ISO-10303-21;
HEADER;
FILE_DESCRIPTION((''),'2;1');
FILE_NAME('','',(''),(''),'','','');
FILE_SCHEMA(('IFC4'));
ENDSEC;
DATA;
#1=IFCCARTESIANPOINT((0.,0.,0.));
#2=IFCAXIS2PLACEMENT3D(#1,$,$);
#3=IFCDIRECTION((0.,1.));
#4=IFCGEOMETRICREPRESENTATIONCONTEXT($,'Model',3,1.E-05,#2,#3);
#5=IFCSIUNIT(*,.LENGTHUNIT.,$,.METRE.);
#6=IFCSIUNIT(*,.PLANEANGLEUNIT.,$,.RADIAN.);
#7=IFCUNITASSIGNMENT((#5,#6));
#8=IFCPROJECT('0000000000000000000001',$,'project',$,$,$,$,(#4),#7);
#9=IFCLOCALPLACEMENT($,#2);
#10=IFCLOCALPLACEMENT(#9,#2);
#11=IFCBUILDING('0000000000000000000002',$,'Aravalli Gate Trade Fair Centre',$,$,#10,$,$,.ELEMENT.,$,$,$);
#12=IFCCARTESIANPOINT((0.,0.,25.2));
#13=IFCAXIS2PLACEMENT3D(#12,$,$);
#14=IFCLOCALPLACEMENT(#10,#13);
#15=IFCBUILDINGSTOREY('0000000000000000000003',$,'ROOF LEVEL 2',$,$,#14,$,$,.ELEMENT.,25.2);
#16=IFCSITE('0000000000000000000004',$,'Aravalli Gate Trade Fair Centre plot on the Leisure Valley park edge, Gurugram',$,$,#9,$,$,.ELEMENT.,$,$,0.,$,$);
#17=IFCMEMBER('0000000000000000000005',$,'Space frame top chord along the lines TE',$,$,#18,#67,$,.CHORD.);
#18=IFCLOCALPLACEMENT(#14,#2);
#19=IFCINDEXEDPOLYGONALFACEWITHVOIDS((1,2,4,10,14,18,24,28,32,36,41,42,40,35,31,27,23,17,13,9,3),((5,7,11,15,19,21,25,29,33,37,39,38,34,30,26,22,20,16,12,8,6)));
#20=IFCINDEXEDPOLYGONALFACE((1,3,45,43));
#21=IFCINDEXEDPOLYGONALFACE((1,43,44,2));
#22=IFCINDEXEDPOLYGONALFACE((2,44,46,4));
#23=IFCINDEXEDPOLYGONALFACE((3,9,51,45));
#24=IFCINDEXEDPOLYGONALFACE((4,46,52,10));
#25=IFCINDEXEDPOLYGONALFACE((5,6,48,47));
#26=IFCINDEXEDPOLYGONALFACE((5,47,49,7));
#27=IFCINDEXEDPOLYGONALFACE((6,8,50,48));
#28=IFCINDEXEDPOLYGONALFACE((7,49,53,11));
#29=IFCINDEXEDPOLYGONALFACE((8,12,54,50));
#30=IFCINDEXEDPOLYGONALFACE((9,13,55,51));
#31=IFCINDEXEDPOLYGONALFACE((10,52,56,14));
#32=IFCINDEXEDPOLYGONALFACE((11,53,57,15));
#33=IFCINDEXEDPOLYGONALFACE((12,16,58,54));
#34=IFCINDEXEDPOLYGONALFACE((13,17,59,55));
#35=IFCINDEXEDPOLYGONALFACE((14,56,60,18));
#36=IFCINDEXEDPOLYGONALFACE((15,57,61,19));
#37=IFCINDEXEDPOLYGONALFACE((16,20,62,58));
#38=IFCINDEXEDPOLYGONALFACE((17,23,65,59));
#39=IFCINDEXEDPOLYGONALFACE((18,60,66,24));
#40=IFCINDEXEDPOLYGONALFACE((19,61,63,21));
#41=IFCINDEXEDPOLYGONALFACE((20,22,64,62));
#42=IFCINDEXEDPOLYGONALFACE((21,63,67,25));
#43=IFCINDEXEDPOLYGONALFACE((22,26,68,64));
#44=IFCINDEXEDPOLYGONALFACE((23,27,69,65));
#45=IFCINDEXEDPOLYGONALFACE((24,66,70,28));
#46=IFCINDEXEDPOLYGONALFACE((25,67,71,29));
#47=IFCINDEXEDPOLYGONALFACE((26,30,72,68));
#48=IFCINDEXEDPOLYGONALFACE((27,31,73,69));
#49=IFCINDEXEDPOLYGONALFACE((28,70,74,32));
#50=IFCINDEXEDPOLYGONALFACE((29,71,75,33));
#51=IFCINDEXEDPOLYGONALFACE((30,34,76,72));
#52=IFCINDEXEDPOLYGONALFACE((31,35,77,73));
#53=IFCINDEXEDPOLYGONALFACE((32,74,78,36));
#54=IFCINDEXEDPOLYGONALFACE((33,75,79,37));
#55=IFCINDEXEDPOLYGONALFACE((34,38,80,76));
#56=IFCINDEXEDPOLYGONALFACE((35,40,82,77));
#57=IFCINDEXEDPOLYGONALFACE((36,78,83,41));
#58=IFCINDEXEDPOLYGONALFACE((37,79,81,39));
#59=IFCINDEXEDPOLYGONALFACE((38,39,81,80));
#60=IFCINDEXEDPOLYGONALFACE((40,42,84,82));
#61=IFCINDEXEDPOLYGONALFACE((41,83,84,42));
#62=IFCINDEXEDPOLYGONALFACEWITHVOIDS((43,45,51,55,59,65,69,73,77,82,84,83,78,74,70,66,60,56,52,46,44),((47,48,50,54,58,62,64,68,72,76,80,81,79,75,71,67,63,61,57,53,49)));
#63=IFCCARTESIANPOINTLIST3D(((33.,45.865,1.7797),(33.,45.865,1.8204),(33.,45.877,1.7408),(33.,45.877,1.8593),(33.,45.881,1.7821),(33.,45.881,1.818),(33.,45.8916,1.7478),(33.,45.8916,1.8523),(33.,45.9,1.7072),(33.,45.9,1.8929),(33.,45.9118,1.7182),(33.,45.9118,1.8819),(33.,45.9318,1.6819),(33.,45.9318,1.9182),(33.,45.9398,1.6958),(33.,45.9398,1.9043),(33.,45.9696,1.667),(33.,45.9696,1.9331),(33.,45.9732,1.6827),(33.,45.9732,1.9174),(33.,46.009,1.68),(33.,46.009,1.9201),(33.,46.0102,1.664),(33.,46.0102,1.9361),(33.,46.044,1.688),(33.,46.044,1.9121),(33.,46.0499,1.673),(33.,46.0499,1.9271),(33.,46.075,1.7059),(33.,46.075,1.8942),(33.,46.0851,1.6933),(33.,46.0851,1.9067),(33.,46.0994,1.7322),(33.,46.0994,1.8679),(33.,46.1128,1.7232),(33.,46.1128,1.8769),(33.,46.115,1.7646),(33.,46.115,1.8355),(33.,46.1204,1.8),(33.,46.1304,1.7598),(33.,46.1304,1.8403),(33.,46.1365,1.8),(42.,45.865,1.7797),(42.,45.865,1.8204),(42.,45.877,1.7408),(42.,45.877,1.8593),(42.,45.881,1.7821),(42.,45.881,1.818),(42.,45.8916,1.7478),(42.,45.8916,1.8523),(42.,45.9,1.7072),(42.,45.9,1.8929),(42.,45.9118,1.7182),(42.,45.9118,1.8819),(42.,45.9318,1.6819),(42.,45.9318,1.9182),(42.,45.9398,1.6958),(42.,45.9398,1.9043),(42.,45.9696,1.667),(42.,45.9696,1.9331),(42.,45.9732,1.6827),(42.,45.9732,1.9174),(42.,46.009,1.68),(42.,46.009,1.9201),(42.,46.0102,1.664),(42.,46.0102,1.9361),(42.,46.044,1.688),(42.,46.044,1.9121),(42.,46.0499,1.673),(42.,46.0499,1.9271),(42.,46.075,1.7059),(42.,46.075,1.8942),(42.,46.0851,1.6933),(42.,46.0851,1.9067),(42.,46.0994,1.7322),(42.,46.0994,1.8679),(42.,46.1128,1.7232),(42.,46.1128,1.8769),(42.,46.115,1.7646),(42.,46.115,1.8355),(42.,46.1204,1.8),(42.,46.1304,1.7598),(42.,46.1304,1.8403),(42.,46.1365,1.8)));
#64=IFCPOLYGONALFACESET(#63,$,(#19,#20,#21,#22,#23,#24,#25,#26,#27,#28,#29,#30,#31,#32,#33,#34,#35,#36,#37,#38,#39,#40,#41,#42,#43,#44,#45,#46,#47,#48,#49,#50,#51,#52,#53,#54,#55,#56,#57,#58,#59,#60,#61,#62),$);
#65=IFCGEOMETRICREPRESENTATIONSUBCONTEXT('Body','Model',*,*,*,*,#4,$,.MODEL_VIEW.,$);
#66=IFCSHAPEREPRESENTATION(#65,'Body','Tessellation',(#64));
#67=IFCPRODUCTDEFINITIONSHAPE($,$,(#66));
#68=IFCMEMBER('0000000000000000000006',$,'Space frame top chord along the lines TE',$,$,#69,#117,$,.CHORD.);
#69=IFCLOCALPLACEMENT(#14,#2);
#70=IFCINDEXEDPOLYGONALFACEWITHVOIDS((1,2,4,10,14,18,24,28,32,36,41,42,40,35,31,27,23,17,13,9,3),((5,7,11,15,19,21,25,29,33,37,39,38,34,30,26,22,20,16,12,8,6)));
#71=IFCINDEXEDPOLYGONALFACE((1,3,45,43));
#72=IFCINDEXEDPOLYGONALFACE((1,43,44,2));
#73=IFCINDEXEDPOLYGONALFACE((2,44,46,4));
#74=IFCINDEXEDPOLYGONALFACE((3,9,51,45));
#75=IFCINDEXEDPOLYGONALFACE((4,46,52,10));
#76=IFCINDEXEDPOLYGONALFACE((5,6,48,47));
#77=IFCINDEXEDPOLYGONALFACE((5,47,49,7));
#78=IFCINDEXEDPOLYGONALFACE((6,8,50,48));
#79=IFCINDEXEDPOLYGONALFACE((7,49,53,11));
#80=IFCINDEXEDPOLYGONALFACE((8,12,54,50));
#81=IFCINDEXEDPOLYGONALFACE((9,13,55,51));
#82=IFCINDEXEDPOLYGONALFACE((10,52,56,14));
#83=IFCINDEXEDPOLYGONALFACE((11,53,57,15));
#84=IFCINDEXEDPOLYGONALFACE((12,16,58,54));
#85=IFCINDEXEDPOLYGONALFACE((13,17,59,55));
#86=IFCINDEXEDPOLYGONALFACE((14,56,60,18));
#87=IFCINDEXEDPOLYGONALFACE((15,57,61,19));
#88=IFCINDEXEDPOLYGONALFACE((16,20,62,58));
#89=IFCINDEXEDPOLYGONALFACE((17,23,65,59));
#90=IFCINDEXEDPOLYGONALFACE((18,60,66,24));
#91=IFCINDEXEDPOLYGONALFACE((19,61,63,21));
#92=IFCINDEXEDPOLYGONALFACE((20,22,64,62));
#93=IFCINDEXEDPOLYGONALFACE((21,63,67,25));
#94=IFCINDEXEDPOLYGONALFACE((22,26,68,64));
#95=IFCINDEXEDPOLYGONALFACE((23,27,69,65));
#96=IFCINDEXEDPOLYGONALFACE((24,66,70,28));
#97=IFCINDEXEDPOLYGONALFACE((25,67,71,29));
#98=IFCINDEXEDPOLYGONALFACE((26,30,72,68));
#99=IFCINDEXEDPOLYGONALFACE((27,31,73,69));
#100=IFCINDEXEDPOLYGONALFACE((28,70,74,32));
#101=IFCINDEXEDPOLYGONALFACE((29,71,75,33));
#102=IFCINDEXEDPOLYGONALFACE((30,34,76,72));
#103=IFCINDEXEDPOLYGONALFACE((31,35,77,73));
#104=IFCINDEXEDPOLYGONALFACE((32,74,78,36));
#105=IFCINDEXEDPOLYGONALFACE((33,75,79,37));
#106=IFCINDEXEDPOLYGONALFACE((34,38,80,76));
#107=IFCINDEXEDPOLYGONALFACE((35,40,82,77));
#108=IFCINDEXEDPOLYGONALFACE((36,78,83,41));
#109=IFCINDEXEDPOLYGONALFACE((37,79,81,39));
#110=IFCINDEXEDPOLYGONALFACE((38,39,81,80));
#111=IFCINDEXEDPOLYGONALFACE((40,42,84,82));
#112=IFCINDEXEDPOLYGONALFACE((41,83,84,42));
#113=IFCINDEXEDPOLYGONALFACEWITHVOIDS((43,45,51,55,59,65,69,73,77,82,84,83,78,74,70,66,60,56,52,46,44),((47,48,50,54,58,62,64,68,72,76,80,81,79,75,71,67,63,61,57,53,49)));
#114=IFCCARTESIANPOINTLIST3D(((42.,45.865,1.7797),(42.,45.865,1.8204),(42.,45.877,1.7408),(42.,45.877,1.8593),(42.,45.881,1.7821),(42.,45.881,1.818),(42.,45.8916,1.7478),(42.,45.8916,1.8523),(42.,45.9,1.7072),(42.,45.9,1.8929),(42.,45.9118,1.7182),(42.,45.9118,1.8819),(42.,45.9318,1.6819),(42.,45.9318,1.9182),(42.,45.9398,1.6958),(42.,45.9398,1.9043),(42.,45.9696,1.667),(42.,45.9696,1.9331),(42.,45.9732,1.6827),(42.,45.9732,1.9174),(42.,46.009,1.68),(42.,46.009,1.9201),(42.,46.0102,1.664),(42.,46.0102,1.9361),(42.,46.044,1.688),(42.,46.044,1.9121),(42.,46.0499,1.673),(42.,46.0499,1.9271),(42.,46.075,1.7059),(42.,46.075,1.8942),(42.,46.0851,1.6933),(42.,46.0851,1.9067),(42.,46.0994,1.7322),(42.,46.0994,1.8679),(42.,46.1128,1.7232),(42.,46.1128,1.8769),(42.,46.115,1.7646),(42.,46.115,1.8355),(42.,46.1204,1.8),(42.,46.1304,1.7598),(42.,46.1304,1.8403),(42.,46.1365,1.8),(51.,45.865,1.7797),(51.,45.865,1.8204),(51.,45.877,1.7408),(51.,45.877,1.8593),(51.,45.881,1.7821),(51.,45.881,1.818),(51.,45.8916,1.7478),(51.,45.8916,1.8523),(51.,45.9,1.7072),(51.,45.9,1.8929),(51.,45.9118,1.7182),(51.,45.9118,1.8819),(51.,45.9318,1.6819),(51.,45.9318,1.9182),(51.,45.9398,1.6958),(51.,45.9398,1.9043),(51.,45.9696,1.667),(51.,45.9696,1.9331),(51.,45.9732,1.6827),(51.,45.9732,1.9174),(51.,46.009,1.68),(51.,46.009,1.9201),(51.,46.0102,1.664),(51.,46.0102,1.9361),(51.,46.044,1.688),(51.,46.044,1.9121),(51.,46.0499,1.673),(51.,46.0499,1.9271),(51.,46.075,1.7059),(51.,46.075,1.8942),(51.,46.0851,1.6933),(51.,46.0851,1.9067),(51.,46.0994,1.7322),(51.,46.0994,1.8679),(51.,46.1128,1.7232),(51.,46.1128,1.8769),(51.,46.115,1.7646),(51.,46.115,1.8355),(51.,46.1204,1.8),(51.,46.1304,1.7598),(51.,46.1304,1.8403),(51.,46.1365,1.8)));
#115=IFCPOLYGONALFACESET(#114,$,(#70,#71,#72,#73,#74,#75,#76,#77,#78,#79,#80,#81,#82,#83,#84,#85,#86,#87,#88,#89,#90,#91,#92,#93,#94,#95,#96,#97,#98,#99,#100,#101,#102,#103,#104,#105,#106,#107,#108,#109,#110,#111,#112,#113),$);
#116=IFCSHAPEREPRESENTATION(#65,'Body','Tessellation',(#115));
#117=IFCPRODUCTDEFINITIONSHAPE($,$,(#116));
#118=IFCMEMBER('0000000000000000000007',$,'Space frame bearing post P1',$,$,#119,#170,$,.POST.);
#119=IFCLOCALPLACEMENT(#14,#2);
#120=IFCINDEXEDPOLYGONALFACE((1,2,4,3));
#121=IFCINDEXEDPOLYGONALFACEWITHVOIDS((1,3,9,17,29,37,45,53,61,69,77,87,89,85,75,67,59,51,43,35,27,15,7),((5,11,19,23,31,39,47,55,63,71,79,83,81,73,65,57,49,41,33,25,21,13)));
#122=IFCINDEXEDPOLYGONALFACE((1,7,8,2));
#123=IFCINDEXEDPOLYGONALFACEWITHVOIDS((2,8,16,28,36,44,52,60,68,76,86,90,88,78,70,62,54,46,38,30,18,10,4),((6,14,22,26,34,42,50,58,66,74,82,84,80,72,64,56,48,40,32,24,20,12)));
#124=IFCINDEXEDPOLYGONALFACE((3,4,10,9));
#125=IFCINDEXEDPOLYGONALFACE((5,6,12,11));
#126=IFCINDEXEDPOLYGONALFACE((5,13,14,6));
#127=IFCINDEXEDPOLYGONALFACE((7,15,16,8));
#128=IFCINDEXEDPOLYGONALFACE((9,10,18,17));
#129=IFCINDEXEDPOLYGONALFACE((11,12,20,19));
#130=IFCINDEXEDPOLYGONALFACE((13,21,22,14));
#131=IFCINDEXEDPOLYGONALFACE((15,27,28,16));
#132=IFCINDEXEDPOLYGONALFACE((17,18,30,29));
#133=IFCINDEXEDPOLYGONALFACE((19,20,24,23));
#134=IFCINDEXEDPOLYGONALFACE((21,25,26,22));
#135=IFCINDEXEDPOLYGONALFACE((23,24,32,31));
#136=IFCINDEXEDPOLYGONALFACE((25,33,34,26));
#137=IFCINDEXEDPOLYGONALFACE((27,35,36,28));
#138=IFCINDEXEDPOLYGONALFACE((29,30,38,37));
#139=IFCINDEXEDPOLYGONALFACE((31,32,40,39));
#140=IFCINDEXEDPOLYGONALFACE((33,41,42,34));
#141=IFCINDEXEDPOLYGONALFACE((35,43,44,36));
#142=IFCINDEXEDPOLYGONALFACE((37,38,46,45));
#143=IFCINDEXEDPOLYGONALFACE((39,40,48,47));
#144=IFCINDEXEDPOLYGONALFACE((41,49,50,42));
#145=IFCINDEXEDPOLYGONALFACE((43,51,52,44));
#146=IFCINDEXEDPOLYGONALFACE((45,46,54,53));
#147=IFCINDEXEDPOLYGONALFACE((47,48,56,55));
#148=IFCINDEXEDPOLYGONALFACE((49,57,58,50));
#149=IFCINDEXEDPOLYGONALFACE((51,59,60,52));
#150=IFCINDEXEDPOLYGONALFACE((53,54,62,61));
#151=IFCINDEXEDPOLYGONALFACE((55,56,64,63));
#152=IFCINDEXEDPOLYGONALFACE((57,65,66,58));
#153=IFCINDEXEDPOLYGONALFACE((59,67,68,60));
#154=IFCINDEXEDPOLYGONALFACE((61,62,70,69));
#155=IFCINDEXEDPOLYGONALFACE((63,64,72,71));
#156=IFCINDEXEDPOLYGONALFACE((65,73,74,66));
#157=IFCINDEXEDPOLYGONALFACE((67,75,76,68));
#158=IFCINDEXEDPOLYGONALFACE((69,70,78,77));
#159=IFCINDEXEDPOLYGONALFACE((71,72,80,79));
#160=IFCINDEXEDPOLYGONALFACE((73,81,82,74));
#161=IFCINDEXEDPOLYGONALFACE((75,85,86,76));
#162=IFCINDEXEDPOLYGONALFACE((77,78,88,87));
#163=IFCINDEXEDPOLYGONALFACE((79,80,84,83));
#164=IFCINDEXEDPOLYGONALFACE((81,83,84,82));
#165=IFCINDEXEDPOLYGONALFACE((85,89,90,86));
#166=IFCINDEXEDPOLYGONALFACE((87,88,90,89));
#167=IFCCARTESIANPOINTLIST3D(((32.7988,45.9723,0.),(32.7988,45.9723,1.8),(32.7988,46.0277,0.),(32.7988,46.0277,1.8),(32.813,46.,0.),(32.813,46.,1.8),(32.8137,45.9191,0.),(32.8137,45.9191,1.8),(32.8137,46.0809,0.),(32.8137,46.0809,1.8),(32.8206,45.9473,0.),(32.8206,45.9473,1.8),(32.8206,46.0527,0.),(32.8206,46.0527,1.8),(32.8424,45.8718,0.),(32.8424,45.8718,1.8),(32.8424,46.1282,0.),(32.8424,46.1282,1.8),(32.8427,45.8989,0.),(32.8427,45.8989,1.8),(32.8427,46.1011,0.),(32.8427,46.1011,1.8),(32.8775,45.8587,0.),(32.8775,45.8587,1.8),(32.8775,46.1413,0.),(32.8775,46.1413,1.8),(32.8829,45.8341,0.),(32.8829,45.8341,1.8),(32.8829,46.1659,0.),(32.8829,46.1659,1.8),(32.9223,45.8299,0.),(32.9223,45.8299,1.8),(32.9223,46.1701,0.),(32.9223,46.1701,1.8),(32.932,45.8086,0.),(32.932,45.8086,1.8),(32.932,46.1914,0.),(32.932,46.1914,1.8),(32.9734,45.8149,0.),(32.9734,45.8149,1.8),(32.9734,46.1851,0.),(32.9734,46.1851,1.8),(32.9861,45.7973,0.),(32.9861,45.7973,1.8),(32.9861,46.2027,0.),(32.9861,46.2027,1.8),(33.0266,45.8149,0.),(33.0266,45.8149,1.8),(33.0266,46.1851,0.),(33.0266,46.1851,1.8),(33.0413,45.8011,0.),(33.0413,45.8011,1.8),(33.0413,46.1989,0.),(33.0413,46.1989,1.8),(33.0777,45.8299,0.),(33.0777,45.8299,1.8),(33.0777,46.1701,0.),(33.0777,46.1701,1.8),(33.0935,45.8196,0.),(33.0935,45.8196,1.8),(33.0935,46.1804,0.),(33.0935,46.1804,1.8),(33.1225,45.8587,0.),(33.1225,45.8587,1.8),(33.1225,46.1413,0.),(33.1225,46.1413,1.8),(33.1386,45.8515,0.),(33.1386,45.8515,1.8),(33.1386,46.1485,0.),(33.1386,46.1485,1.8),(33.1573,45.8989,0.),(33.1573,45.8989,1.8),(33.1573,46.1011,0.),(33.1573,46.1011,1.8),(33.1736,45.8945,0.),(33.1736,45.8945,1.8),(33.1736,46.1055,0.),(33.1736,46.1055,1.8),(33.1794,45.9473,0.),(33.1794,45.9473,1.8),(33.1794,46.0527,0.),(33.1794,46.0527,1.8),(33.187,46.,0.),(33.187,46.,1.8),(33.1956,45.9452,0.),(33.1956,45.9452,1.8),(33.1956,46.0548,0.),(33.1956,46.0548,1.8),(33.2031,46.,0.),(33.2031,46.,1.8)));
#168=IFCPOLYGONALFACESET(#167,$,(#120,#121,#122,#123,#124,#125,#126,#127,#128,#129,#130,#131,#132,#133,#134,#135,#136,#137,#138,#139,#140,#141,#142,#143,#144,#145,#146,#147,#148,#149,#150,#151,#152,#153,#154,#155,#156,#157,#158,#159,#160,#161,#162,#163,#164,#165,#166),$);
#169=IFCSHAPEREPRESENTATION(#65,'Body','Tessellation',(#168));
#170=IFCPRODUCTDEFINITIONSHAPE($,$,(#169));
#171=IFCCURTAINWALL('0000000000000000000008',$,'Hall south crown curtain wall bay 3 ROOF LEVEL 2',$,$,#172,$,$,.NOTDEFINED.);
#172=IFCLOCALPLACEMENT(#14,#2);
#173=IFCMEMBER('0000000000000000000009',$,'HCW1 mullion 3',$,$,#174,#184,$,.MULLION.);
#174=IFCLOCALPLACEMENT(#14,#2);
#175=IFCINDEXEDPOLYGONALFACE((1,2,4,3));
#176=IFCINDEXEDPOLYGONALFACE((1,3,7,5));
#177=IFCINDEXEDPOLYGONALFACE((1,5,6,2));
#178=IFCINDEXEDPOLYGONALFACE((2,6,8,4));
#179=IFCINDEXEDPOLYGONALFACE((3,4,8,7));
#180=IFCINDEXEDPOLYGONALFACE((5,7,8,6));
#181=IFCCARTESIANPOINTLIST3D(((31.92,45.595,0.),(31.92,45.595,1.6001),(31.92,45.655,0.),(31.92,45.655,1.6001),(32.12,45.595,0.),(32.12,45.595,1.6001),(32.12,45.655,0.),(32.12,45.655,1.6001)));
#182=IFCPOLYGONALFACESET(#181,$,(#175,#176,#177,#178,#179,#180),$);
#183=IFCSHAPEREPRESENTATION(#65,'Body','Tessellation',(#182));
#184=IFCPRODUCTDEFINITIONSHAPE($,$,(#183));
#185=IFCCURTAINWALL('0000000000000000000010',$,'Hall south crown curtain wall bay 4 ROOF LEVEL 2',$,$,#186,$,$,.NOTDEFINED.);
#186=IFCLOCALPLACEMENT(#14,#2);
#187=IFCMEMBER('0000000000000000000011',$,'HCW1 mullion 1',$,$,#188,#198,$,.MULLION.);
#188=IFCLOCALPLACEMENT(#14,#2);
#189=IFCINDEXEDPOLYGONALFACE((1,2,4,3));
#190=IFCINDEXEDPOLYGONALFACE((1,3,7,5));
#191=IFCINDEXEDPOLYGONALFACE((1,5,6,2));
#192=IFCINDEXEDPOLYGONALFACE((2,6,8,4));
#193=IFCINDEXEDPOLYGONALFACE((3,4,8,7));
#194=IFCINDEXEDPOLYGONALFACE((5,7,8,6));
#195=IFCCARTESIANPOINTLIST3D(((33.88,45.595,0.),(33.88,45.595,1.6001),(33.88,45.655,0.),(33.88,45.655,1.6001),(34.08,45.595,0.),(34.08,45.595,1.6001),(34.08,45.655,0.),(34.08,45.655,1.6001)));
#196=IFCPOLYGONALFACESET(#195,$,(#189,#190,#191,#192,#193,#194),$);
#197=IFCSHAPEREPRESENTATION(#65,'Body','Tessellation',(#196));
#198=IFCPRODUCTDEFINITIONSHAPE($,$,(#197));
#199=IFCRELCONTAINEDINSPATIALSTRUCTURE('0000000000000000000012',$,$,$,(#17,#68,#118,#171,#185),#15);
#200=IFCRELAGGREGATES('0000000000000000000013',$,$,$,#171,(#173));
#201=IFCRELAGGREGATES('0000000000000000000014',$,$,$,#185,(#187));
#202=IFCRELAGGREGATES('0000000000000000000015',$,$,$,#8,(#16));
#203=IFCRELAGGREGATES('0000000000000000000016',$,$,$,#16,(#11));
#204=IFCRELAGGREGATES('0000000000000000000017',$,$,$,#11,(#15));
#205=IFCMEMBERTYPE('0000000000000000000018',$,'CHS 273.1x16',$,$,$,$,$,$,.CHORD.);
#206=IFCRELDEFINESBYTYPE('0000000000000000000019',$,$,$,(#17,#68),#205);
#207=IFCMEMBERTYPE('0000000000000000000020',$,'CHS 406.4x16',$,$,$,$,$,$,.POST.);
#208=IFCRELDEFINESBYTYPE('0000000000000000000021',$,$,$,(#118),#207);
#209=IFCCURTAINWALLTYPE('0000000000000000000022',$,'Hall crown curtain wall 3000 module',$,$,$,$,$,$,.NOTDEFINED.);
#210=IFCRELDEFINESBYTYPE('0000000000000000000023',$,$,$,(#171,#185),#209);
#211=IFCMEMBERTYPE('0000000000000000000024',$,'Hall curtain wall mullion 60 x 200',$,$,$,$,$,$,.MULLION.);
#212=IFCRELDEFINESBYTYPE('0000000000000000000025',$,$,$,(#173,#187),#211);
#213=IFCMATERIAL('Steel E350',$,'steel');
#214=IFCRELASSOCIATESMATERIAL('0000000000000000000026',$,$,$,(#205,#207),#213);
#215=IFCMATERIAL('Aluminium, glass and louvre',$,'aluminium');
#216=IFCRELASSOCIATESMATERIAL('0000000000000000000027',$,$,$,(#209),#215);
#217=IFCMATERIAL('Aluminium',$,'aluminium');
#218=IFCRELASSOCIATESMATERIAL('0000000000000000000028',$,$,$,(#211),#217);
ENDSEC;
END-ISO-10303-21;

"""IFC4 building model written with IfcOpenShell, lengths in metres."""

from ifc_helpers import new_model, si_unit, direction, frame, origin, origin_2d, place, context, subcontext, project, spatial, rectangle, hollow_circle, extrude, material, material_profile, profile_set, type_object, element, aggregate, save


model = new_model("IFC4")

# Units and contexts
model_context = context("Model", 3, precision=1e-05, world=origin(), true_north=direction((0.0, 1.0)))
body_context = subcontext(model_context, "Body", "Model", "MODEL_VIEW")
ifc_project = project(units=[si_unit("LENGTHUNIT", "METRE"), si_unit("PLANEANGLEUNIT", "RADIAN")], contexts=[model_context])

# Site, building, storey
site_placement = place(None, origin())
site = spatial("IfcSite", under=ifc_project, at=site_placement, Name="Aravalli Gate Trade Fair Centre plot on the Leisure Valley park edge, Gurugram", CompositionType="ELEMENT", RefElevation=0.0)
building_placement = place(site_placement, origin())
building = spatial("IfcBuilding", under=site, at=building_placement, Name="Aravalli Gate Trade Fair Centre", CompositionType="ELEMENT")
storey_placement = place(building_placement, frame((0.0, 0.0, 25.2)))
storey = spatial("IfcBuildingStorey", under=building, at=storey_placement, Name="ROOF LEVEL 2", CompositionType="ELEMENT", Elevation=25.2)

# Members
ifc_material_1 = material(Name="Steel E350", Category="steel")
ifc_material_profile_1 = material_profile(ifc_material_1, hollow_circle(Radius=0.1365, WallThickness=0.0161, at=origin_2d()), Name="CHS 273.1x16")
ifc_profile_set_1 = profile_set([ifc_material_profile_1], Name="Steel E350")
member_type_1 = type_object("IfcMemberType", Name="CHS 273.1x16", PredefinedType="CHORD", material=ifc_profile_set_1)
for number, where, z_axis, x_axis, name in (
    (1, (33.0, 46.0, 1.8), (1.0, 0.0, 0.0), (0.0, 1.0, 0.0), "Space frame top chord along the lines TE"),
    (2, (42.0, 46.0, 1.8), (1.0, 0.0, 0.0), (0.0, 1.0, 0.0), "Space frame top chord along the lines TE"),
):
    element("IfcMember", number, at=place(storey_placement, frame(where, z_axis=z_axis, x_axis=x_axis)), inside=storey, type_object=member_type_1, Name=name, PredefinedType="CHORD", context=body_context, shape_type="SweptSolid", body=[
        extrude(hollow_circle(Radius=0.1365, WallThickness=0.0161, at=origin_2d()), origin(), (0.0, 0.0, 1.0), 9.0),
    ])
ifc_material_profile_2 = material_profile(ifc_material_1, hollow_circle(Radius=0.2031, WallThickness=0.0161, at=origin_2d()), Name="CHS 406.4x16")
ifc_profile_set_2 = profile_set([ifc_material_profile_2], Name="Steel E350")
member_type_2 = type_object("IfcMemberType", Name="CHS 406.4x16", PredefinedType="POST", material=ifc_profile_set_2)
member_1_placement = place(storey_placement, frame((33.0, 46.0, 0.0), z_axis=(0.0, 0.0, 1.0), x_axis=(1.0, 0.0, 0.0)))
element("IfcMember", 3, at=member_1_placement, inside=storey, type_object=member_type_2, Name="Space frame bearing post P1", PredefinedType="POST", context=body_context, shape_type="SweptSolid", body=[
    extrude(hollow_circle(Radius=0.2031, WallThickness=0.0161, at=origin_2d()), origin(), (0.0, 0.0, 1.0), 1.8),
])

# Curtain wall, member
ifc_material_2 = material(Name="Aluminium, glass and louvre", Category="aluminium")
curtain_wall_type = type_object("IfcCurtainWallType", Name="Hall crown curtain wall 3000 module", PredefinedType="NOTDEFINED", material=ifc_material_2)
curtain_wall_1_placement = place(storey_placement, origin())
curtain_wall_1 = element("IfcCurtainWall", 4, at=curtain_wall_1_placement, inside=storey, type_object=curtain_wall_type, Name="Hall south crown curtain wall bay 3 ROOF LEVEL 2", PredefinedType="NOTDEFINED")
ifc_material_3 = material(Name="Aluminium", Category="aluminium")
ifc_material_profile_3 = material_profile(ifc_material_3, rectangle(XDim=0.0601, YDim=0.2, at=origin_2d()), Name="Hall curtain wall mullion 60 x 200")
ifc_profile_set_3 = profile_set([ifc_material_profile_3], Name="Aluminium")
member_type_3 = type_object("IfcMemberType", Name="Hall curtain wall mullion 60 x 200", PredefinedType="MULLION", material=ifc_profile_set_3)
member_2_placement = place(storey_placement, frame((32.02, 45.625, 0.0), z_axis=(0.0, 0.0, 1.0), x_axis=(0.0, 1.0, 0.0)))
member_2 = element("IfcMember", 5, at=member_2_placement, type_object=member_type_3, Name="HCW1 mullion 3", PredefinedType="MULLION", context=body_context, shape_type="SweptSolid", body=[
    extrude(rectangle(XDim=0.0601, YDim=0.2, at=origin_2d()), origin(), (0.0, 0.0, 1.0), 1.6001),
])
aggregate(curtain_wall_1, [member_2])

# Curtain wall, member
curtain_wall_2_placement = place(storey_placement, origin())
curtain_wall_2 = element("IfcCurtainWall", 6, at=curtain_wall_2_placement, inside=storey, type_object=curtain_wall_type, Name="Hall south crown curtain wall bay 4 ROOF LEVEL 2", PredefinedType="NOTDEFINED")
member_3_placement = place(storey_placement, frame((33.98, 45.625, 0.0), z_axis=(0.0, 0.0, 1.0), x_axis=(0.0, 1.0, 0.0)))
member_3 = element("IfcMember", 7, at=member_3_placement, type_object=member_type_3, Name="HCW1 mullion 1", PredefinedType="MULLION", context=body_context, shape_type="SweptSolid", body=[
    extrude(rectangle(XDim=0.0601, YDim=0.2, at=origin_2d()), origin(), (0.0, 0.0, 1.0), 1.6001),
])
aggregate(curtain_wall_2, [member_3])

save(model, "model.ifc")
